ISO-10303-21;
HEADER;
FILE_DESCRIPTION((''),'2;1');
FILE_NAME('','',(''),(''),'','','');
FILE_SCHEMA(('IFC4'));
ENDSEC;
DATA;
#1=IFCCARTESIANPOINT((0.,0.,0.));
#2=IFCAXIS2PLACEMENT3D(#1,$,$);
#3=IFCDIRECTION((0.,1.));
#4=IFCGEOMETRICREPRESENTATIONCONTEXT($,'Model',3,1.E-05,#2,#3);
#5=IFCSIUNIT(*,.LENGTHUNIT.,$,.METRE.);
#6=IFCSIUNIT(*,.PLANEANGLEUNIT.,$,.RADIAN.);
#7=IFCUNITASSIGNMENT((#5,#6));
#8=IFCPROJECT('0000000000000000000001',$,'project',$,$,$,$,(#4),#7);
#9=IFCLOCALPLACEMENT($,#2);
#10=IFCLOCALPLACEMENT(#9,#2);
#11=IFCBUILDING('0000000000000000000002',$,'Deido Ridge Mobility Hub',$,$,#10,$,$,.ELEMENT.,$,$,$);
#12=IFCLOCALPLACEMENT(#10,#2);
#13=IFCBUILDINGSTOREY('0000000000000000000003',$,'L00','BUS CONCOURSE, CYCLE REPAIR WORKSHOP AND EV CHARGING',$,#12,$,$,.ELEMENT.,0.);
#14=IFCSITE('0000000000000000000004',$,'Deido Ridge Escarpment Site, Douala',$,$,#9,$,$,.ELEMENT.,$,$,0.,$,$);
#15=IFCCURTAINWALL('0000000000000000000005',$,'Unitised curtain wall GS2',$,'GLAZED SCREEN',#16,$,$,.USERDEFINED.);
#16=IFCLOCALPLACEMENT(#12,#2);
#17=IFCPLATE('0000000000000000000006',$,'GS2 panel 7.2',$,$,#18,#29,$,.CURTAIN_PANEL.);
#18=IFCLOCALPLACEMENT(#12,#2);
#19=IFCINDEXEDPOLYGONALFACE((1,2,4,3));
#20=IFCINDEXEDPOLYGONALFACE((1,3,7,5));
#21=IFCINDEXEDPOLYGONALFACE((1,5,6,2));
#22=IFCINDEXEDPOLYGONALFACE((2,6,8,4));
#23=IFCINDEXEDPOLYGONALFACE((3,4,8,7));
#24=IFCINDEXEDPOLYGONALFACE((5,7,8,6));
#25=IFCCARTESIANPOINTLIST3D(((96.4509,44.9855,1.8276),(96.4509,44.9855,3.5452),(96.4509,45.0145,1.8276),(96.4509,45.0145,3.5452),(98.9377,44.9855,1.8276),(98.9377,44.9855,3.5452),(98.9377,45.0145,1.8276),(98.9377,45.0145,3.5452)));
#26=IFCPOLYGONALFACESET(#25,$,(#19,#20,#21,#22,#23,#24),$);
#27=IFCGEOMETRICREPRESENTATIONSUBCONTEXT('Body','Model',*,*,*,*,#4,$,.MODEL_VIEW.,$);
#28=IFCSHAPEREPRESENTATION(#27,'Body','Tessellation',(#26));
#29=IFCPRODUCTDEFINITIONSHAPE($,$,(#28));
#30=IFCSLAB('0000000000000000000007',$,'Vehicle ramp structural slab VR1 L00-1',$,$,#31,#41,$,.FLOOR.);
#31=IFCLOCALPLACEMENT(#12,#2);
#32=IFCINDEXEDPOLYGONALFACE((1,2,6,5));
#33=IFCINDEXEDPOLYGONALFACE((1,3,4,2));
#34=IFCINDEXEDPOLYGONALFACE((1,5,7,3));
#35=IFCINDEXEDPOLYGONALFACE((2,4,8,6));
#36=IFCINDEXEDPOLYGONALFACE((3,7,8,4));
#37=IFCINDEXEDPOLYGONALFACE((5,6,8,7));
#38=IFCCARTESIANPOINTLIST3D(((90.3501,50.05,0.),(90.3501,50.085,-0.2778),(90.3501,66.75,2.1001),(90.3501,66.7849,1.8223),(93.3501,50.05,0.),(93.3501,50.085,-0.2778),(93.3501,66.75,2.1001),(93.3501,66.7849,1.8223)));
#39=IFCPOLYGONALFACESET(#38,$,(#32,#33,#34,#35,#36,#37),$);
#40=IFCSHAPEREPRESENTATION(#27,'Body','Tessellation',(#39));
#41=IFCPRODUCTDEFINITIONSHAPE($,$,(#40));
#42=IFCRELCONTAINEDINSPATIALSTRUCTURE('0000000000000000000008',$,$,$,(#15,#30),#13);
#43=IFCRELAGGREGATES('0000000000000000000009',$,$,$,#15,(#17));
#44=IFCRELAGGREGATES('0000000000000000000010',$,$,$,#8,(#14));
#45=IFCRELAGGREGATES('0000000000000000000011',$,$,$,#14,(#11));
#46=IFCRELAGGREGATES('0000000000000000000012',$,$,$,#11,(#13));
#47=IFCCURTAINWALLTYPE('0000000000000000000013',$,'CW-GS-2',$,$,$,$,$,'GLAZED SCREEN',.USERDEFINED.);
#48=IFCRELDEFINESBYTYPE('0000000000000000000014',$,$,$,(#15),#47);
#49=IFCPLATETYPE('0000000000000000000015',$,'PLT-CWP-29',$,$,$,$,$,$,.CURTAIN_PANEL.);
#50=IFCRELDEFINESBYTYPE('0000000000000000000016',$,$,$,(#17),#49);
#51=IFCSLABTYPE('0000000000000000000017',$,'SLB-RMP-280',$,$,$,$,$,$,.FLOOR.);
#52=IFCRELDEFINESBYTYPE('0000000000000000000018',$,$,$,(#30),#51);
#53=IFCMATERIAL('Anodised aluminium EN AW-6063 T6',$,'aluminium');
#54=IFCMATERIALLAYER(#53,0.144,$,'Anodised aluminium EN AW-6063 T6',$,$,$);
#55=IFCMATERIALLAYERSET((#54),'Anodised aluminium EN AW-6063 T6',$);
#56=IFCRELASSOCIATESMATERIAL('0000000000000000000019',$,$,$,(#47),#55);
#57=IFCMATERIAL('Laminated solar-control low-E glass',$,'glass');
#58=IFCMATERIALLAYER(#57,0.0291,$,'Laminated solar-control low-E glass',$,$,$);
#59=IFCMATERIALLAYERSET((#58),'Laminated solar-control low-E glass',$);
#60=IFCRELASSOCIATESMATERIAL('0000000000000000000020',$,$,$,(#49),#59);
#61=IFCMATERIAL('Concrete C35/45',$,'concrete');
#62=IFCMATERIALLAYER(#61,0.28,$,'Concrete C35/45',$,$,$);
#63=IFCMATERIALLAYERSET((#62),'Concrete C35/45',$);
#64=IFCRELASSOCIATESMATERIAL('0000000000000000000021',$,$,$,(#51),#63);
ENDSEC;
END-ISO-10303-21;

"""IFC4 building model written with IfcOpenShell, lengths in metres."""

from ifc_helpers import new_model, si_unit, direction, frame, origin, origin_2d, place, context, subcontext, project, spatial, polyline, rectangle, outline, extrude, material, layer, layer_set, type_object, element, aggregate, save


model = new_model("IFC4")

# Units and contexts
model_context = context("Model", 3, precision=1e-05, world=origin(), true_north=direction((0.0, 1.0)))
body_context = subcontext(model_context, "Body", "Model", "MODEL_VIEW")
ifc_project = project(units=[si_unit("LENGTHUNIT", "METRE"), si_unit("PLANEANGLEUNIT", "RADIAN")], contexts=[model_context])

# Site, building, storey
site_placement = place(None, origin())
site = spatial("IfcSite", under=ifc_project, at=site_placement, Name="Deido Ridge Escarpment Site, Douala", CompositionType="ELEMENT", RefElevation=0.0)
building_placement = place(site_placement, origin())
building = spatial("IfcBuilding", under=site, at=building_placement, Name="Deido Ridge Mobility Hub", CompositionType="ELEMENT")
storey_placement = place(building_placement, origin())
storey = spatial("IfcBuildingStorey", under=building, at=storey_placement, Name="L00", Description="BUS CONCOURSE, CYCLE REPAIR WORKSHOP AND EV CHARGING", CompositionType="ELEMENT", Elevation=0.0)

# Curtain wall
ifc_material_1 = material(Name="Anodised aluminium EN AW-6063 T6", Category="aluminium")
ifc_layer_1 = layer(ifc_material_1, 0.144, Name="Anodised aluminium EN AW-6063 T6")
ifc_layer_set_1 = layer_set([ifc_layer_1], Name="Anodised aluminium EN AW-6063 T6")
curtain_wall_type = type_object("IfcCurtainWallType", Name="CW-GS-2", ElementType="GLAZED SCREEN", PredefinedType="USERDEFINED", material=ifc_layer_set_1)
curtain_wall_1_placement = place(storey_placement, origin())
curtain_wall_1 = element("IfcCurtainWall", 1, at=curtain_wall_1_placement, inside=storey, type_object=curtain_wall_type, Name="Unitised curtain wall GS2", ObjectType="GLAZED SCREEN", PredefinedType="USERDEFINED")

# Plate
ifc_material_2 = material(Name="Laminated solar-control low-E glass", Category="glass")
ifc_layer_2 = layer(ifc_material_2, 0.0291, Name="Laminated solar-control low-E glass")
ifc_layer_set_2 = layer_set([ifc_layer_2], Name="Laminated solar-control low-E glass")
plate_type = type_object("IfcPlateType", Name="PLT-CWP-29", PredefinedType="CURTAIN_PANEL", material=ifc_layer_set_2)
plate_1_placement = place(storey_placement, frame((97.6943, 45.0, 1.8276), z_axis=(0.0, 0.0, 1.0), x_axis=(1.0, 0.0, 0.0)))
plate_1 = element("IfcPlate", 2, at=plate_1_placement, type_object=plate_type, Name="GS2 panel 7.2", PredefinedType="CURTAIN_PANEL", context=body_context, shape_type="SweptSolid", body=[
    extrude(rectangle(XDim=2.4868, YDim=0.0291, at=origin_2d()), origin(), (0.0, 0.0, 1.0), 1.7175),
])
aggregate(curtain_wall_1, [plate_1])

# Slab
ifc_material_3 = material(Name="Concrete C35/45", Category="concrete")
ifc_layer_3 = layer(ifc_material_3, 0.28, Name="Concrete C35/45")
ifc_layer_set_3 = layer_set([ifc_layer_3], Name="Concrete C35/45")
slab_type = type_object("IfcSlabType", Name="SLB-RMP-280", PredefinedType="FLOOR", material=ifc_layer_set_3)
slab_placement = place(storey_placement, frame((90.3501, 50.05, 0.0), z_axis=(0.0, -0.124772, 0.992185), x_axis=(1.0, 0.0, 0.0)))
element("IfcSlab", 3, at=slab_placement, inside=storey, type_object=slab_type, Name="Vehicle ramp structural slab VR1 L00-1", PredefinedType="FLOOR", context=body_context, shape_type="SweptSolid", body=[
    extrude(outline(polyline([(0.0, 0.0), (3.0, 0.0), (3.0, 16.8315), (0.0, 16.8315), (0.0, 0.0)])), origin(), (0.0, 0.0, -1.0), 0.28),
])

save(model, "model.ifc")
